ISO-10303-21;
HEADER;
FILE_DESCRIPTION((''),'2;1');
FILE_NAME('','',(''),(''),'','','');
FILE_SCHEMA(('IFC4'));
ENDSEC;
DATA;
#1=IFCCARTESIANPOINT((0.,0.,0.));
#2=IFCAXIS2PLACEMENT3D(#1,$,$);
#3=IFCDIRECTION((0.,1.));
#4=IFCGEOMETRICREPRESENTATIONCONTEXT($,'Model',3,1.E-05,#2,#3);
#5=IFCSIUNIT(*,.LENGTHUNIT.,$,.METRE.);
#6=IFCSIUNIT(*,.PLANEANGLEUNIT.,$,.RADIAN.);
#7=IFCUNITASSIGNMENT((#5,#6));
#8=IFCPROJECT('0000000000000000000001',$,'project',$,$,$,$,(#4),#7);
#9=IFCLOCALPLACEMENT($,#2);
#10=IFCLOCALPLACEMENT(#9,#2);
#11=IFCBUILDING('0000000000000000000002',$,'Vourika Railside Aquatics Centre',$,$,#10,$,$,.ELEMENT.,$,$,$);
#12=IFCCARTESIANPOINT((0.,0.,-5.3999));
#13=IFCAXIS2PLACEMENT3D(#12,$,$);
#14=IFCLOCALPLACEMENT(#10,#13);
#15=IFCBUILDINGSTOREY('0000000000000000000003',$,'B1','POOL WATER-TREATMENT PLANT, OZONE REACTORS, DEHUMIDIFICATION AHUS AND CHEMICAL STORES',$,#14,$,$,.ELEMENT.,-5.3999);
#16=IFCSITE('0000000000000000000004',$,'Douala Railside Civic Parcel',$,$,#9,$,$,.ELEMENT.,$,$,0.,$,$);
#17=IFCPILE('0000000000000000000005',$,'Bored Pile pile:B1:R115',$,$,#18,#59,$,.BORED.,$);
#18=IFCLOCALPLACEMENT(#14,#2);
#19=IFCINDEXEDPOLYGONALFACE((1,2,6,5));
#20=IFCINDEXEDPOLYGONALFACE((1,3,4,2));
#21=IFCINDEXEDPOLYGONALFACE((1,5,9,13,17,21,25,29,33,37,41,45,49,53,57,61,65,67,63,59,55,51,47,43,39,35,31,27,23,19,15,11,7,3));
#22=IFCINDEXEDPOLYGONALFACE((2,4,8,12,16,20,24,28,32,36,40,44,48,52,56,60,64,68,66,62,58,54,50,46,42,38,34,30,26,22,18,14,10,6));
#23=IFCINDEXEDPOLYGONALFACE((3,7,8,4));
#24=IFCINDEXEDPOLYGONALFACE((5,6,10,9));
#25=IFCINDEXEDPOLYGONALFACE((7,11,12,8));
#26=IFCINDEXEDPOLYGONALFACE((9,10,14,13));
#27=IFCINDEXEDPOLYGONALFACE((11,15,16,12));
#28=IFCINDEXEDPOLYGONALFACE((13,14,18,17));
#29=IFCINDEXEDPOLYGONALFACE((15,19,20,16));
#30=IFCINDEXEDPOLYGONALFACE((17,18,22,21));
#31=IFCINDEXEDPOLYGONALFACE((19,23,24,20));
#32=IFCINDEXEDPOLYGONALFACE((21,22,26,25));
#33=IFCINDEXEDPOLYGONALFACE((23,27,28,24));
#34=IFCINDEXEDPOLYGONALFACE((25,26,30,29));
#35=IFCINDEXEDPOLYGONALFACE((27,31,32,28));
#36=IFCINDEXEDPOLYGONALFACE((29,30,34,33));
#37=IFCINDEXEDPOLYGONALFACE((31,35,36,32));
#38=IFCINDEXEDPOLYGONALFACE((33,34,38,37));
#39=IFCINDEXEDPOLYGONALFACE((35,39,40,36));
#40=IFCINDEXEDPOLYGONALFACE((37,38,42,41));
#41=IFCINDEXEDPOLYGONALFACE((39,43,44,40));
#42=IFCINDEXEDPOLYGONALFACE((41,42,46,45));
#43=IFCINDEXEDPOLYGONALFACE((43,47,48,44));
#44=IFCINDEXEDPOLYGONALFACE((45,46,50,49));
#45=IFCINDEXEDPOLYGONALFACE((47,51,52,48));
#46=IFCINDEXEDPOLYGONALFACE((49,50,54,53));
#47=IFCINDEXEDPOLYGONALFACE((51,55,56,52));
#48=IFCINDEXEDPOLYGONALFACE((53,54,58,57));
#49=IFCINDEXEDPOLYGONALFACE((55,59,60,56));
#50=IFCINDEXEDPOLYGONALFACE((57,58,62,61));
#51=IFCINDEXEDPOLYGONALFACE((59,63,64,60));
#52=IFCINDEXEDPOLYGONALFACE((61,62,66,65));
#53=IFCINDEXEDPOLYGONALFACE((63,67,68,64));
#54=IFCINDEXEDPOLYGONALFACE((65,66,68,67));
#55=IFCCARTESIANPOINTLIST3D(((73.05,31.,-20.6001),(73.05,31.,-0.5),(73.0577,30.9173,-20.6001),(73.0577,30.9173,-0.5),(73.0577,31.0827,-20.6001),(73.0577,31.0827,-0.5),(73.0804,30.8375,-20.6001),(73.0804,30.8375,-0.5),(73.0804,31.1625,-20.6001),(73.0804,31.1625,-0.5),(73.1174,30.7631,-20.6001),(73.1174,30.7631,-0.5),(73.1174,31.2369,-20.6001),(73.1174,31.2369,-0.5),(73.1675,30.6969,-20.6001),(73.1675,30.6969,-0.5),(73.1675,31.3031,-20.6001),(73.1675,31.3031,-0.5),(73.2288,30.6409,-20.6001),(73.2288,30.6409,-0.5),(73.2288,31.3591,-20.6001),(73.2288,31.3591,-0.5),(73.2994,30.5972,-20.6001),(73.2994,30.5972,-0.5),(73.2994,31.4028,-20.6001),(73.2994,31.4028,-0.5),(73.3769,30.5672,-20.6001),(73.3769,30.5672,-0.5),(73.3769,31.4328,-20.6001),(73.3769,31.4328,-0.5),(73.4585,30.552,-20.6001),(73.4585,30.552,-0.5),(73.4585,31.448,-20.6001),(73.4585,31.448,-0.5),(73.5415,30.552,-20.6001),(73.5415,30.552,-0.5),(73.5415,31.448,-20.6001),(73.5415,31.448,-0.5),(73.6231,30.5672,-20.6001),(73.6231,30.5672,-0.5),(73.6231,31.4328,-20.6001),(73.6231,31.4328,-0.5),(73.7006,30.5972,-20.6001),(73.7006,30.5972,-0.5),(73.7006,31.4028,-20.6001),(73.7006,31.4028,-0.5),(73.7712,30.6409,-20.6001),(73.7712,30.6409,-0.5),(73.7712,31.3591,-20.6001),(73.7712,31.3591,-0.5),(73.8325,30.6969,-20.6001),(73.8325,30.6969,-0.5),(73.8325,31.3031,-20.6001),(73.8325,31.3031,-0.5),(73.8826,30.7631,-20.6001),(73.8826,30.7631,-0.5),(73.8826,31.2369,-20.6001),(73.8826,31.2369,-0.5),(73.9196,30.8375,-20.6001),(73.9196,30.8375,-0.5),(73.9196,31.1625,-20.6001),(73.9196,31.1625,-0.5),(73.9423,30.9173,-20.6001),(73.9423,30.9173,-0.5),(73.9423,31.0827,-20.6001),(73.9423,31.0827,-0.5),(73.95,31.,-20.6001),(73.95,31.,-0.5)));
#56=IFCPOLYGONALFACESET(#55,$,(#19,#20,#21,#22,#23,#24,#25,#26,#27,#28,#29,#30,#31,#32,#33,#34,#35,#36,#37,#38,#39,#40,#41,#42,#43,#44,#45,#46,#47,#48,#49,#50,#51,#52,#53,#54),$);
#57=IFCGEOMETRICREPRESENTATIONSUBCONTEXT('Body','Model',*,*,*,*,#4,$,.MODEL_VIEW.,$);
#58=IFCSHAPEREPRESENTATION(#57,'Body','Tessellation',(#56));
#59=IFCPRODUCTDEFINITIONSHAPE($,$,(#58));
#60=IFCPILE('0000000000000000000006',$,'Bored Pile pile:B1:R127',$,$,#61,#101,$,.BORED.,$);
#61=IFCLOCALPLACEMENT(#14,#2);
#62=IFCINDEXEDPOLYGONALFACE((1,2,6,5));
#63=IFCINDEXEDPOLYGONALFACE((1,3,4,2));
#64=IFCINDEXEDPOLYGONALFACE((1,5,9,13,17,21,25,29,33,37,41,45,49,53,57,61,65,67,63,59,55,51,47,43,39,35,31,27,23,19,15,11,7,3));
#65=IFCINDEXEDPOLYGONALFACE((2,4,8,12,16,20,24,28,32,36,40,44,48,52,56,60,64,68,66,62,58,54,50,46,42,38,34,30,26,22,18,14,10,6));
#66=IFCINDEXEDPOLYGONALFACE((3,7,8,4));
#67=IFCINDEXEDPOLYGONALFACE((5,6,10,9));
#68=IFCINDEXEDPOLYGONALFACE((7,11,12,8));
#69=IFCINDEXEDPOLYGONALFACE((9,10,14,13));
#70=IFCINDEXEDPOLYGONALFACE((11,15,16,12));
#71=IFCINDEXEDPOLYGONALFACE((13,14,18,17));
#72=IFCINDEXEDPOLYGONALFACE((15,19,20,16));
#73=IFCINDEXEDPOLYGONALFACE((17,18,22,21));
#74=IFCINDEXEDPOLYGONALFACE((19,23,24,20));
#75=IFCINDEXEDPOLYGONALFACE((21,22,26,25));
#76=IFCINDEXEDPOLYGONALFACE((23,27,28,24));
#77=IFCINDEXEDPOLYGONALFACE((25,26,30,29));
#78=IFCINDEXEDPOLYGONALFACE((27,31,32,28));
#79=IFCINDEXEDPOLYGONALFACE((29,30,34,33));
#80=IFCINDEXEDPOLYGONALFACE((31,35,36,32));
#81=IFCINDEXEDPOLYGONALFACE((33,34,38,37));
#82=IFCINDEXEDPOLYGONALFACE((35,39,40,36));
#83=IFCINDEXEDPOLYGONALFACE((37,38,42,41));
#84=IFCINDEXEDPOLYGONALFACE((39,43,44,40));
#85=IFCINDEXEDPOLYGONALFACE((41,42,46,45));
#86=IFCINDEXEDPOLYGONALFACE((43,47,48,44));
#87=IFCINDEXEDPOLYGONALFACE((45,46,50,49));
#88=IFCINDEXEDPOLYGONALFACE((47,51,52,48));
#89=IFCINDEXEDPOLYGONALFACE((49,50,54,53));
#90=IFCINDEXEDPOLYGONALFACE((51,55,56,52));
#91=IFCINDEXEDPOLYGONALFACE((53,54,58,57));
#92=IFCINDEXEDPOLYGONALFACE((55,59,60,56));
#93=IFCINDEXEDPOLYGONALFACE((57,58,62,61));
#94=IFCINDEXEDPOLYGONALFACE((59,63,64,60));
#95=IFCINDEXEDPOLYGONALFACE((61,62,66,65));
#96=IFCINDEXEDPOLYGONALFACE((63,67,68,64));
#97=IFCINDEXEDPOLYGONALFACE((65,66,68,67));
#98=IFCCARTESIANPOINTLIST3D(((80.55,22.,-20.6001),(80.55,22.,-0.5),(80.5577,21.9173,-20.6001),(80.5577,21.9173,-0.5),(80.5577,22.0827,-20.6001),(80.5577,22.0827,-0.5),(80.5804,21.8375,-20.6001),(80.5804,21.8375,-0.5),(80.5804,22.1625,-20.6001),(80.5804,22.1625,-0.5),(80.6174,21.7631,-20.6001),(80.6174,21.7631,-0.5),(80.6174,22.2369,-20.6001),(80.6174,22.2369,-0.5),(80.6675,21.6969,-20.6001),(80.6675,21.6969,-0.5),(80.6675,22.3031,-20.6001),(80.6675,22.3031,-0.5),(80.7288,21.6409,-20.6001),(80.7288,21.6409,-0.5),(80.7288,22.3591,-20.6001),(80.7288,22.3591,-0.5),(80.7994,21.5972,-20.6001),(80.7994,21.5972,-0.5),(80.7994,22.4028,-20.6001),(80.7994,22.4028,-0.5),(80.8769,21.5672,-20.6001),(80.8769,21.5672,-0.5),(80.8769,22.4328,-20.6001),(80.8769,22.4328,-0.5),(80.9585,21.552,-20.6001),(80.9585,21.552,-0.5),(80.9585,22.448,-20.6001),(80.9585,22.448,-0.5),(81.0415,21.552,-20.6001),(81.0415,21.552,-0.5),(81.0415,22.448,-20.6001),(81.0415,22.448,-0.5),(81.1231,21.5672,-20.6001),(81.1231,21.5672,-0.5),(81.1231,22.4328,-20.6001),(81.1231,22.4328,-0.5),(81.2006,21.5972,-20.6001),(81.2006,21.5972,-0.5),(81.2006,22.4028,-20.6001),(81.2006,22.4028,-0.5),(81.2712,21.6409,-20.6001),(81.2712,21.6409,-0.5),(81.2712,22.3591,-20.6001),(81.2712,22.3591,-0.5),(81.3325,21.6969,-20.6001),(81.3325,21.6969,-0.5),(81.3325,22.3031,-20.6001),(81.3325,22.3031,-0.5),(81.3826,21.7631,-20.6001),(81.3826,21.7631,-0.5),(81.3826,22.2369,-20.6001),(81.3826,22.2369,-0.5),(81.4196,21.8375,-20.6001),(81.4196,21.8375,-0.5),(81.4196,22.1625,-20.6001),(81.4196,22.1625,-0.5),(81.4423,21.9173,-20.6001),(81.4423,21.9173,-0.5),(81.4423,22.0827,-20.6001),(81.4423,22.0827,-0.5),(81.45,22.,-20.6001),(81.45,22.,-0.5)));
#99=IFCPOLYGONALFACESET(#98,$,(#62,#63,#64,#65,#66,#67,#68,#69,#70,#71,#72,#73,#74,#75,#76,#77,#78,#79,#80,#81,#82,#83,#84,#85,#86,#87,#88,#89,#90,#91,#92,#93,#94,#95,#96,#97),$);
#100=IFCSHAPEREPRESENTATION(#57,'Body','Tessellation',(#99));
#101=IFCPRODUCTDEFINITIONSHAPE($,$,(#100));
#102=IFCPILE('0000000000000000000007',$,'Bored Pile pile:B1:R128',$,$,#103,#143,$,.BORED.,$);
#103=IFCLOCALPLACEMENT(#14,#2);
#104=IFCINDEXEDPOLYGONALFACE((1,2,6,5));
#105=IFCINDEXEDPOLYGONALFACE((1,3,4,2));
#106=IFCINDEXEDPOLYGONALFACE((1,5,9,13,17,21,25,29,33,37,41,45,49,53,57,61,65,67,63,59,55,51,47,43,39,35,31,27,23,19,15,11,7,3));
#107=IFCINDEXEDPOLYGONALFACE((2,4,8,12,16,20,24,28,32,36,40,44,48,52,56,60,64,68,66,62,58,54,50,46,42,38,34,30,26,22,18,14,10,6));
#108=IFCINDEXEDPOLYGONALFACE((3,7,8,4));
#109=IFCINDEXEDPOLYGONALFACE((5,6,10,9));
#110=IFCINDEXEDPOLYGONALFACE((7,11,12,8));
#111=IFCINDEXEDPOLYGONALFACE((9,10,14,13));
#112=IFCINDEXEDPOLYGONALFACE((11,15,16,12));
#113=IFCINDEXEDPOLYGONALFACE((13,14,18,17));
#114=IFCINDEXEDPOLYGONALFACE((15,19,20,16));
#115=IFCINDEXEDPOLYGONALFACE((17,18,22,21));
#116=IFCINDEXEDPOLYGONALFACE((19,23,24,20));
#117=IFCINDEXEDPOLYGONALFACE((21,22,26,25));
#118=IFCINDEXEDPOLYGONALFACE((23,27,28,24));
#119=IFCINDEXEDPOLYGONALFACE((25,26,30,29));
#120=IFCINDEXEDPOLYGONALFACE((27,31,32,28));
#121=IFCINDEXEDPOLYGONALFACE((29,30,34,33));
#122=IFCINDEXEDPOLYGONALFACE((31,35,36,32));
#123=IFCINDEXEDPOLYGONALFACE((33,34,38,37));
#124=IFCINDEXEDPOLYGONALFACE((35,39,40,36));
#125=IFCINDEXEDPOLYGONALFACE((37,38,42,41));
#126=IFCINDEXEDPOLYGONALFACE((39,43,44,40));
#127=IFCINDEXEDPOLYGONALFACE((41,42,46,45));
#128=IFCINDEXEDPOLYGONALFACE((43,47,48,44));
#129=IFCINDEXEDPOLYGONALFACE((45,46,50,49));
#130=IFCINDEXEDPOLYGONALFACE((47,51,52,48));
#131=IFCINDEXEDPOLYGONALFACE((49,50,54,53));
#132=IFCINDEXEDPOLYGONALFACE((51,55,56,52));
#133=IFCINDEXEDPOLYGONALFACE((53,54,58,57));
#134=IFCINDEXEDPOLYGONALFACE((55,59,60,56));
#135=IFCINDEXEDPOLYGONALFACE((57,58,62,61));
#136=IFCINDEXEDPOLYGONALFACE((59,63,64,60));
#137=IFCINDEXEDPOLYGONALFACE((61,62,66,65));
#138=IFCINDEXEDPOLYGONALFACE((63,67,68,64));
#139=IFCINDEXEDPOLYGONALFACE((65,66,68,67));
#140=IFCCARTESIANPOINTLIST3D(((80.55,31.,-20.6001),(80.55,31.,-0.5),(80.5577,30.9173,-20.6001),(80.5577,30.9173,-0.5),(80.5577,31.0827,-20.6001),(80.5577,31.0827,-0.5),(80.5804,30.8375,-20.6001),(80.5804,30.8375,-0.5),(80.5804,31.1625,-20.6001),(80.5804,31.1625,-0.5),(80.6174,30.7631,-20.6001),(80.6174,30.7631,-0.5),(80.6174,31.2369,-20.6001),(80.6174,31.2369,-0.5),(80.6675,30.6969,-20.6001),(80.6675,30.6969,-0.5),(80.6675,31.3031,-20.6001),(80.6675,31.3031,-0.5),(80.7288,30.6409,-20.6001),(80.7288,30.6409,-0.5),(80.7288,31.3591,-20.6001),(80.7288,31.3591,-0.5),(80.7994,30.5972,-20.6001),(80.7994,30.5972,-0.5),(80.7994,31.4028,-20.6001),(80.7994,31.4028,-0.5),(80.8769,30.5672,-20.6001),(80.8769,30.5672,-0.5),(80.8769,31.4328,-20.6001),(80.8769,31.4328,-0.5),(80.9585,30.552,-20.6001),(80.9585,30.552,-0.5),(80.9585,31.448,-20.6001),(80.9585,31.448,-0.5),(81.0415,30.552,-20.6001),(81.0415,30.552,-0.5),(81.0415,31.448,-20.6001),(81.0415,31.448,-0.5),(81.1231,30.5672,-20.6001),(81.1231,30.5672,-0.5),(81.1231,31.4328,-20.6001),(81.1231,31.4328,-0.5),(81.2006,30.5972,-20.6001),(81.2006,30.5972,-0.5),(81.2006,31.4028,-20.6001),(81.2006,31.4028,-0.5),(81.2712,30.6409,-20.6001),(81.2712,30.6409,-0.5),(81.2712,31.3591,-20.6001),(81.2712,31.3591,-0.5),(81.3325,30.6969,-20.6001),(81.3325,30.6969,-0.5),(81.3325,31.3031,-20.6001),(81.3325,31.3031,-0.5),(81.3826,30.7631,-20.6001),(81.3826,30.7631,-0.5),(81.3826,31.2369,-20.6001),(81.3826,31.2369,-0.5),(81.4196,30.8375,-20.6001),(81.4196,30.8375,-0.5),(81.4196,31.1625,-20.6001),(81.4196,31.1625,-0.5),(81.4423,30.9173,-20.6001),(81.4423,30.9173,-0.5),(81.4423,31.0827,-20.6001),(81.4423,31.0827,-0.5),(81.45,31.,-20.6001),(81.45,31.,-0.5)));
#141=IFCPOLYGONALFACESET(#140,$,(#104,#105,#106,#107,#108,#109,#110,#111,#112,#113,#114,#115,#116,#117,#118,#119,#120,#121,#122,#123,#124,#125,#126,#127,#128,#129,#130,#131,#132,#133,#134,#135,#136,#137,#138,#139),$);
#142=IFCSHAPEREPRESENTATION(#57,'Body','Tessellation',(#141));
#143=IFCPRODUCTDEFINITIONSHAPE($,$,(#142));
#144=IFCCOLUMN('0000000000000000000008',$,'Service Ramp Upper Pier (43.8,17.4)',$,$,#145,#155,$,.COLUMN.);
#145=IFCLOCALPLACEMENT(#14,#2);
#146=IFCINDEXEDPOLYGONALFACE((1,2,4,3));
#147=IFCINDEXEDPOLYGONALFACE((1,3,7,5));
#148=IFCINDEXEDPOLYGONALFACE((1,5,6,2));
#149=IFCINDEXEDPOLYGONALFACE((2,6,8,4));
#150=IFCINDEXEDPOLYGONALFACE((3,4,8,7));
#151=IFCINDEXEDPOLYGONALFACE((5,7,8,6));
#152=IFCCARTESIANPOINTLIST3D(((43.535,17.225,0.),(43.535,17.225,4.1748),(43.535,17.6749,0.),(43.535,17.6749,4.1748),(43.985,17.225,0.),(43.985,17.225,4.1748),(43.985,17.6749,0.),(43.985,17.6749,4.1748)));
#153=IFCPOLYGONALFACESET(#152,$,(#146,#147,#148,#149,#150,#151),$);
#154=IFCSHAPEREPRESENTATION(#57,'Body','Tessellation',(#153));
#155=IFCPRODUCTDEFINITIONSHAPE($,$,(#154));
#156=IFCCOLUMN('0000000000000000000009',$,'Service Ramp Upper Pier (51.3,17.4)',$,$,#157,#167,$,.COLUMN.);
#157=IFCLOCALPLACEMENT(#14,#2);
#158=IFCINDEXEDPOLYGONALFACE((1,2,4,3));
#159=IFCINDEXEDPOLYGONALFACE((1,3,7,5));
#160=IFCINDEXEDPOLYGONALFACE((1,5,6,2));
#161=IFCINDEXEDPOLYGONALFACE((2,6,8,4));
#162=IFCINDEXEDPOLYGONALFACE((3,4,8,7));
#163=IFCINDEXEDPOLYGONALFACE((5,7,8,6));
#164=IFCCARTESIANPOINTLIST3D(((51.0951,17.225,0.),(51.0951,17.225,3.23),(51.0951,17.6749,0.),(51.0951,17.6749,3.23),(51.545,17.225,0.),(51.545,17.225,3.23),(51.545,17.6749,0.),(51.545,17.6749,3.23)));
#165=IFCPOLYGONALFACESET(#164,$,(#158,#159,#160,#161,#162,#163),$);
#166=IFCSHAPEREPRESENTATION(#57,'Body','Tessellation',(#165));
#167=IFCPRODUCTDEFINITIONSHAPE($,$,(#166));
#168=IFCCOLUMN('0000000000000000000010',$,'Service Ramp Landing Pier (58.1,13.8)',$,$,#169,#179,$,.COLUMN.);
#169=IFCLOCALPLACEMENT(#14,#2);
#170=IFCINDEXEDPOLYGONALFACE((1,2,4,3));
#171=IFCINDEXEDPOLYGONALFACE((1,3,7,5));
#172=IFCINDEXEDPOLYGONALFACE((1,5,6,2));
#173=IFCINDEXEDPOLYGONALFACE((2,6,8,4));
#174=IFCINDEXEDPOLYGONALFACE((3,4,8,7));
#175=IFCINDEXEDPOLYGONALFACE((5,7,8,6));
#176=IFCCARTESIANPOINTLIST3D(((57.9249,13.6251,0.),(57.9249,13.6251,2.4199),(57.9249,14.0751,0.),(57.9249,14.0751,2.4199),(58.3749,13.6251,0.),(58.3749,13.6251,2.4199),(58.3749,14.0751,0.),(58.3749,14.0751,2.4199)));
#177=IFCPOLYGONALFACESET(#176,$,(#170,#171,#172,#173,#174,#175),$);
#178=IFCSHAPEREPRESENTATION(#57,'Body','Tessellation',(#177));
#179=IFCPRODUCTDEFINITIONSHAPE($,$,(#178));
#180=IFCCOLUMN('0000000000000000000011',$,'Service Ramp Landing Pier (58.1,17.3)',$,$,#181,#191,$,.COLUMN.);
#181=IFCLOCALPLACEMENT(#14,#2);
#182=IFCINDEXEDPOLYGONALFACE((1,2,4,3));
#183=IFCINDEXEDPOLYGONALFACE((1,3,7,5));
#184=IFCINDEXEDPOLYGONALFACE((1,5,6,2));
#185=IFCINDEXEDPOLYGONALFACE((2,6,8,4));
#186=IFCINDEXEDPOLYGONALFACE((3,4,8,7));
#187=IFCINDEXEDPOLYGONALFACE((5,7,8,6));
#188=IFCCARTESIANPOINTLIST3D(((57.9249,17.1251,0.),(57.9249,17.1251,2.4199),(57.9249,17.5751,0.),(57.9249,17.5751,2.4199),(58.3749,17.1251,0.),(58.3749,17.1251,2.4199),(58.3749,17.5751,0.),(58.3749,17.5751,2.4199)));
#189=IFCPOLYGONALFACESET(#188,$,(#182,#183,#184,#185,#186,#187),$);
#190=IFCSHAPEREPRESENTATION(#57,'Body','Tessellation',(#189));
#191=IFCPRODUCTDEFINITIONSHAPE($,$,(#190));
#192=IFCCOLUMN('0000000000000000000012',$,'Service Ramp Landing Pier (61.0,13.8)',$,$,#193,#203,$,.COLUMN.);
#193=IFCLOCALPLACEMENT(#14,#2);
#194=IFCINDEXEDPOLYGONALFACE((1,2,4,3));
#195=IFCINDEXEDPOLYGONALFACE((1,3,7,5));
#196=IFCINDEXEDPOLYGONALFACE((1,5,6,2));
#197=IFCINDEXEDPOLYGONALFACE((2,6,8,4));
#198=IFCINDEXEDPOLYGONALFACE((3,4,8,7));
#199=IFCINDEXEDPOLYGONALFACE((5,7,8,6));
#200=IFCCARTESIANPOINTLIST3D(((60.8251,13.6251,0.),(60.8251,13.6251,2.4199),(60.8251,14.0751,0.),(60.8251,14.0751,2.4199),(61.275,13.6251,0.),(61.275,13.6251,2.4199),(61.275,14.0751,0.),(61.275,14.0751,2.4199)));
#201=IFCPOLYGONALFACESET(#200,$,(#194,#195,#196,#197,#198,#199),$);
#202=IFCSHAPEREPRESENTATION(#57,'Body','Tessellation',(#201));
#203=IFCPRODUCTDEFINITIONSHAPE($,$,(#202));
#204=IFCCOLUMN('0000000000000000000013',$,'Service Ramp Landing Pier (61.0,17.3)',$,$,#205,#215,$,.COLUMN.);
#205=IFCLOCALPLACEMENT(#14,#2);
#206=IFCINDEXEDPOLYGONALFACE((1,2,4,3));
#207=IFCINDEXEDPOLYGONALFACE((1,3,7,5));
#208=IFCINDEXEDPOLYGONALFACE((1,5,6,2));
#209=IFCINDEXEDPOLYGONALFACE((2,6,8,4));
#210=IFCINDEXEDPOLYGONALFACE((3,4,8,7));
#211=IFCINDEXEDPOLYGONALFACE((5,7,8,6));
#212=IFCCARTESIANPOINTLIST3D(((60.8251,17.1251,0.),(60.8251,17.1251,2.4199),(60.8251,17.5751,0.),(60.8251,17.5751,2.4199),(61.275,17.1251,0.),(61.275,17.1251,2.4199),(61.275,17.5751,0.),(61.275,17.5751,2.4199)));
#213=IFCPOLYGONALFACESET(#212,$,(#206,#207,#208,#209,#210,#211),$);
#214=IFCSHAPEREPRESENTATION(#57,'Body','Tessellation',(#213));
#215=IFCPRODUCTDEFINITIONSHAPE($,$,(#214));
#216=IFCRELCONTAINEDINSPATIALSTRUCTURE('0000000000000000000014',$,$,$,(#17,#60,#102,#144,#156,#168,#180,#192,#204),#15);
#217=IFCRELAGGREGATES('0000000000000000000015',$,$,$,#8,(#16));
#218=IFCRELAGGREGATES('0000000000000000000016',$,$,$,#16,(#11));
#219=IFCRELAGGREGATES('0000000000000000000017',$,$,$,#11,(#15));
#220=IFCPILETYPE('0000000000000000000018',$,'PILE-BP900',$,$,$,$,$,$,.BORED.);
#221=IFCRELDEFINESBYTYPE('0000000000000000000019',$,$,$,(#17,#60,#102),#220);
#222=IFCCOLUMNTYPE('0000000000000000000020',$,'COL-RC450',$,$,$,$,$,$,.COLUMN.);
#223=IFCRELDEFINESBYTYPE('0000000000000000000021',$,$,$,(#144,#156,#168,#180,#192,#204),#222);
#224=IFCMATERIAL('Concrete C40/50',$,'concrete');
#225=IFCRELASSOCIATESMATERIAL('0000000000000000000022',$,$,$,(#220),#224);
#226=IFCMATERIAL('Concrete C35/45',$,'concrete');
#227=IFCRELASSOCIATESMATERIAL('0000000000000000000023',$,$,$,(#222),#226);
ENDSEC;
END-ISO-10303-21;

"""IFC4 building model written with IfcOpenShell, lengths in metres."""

from ifc_helpers import new_model, si_unit, direction, frame, origin, origin_2d, place, context, subcontext, project, spatial, rectangle, circle, extrude, material, material_profile, profile_set, type_object, element, save


model = new_model("IFC4")

# Units and contexts
model_context = context("Model", 3, precision=1e-05, world=origin(), true_north=direction((0.0, 1.0)))
body_context = subcontext(model_context, "Body", "Model", "MODEL_VIEW")
ifc_project = project(units=[si_unit("LENGTHUNIT", "METRE"), si_unit("PLANEANGLEUNIT", "RADIAN")], contexts=[model_context])

# Site, building, storey
site_placement = place(None, origin())
site = spatial("IfcSite", under=ifc_project, at=site_placement, Name="Douala Railside Civic Parcel", CompositionType="ELEMENT", RefElevation=0.0)
building_placement = place(site_placement, origin())
building = spatial("IfcBuilding", under=site, at=building_placement, Name="Vourika Railside Aquatics Centre", CompositionType="ELEMENT")
storey_placement = place(building_placement, frame((0.0, 0.0, -5.3999)))
storey = spatial("IfcBuildingStorey", under=building, at=storey_placement, Name="B1", Description="POOL WATER-TREATMENT PLANT, OZONE REACTORS, DEHUMIDIFICATION AHUS AND CHEMICAL STORES", CompositionType="ELEMENT", Elevation=-5.3999)

# Piles
ifc_material_1 = material(Name="Concrete C40/50", Category="concrete")
ifc_material_profile_1 = material_profile(ifc_material_1, circle(Radius=0.45, at=origin_2d()), Name="BP 900")
ifc_profile_set_1 = profile_set([ifc_material_profile_1], Name="Concrete C40/50")
pile_type_1 = type_object("IfcPileType", Name="PILE-BP900", PredefinedType="BORED", material=ifc_profile_set_1)
for number, where, z_axis, x_axis, name in (
    (1, (73.5, 31.0, -0.5), (0.0, 0.0, -1.0), (1.0, 0.0, 0.0), "Bored Pile pile:B1:R115"),
    (2, (81.0, 22.0, -0.5), (0.0, 0.0, -1.0), (1.0, 0.0, 0.0), "Bored Pile pile:B1:R127"),
    (3, (81.0, 31.0, -0.5), (0.0, 0.0, -1.0), (1.0, 0.0, 0.0), "Bored Pile pile:B1:R128"),
):
    element("IfcPile", number, at=place(storey_placement, frame(where, z_axis=z_axis, x_axis=x_axis)), inside=storey, type_object=pile_type_1, Name=name, PredefinedType="BORED", context=body_context, shape_type="SweptSolid", body=[
        extrude(circle(Radius=0.45, at=origin_2d()), origin(), (0.0, 0.0, 1.0), 20.1001),
    ])

# Columns
ifc_material_2 = material(Name="Concrete C35/45", Category="concrete")
ifc_material_profile_2 = material_profile(ifc_material_2, rectangle(XDim=0.45, YDim=0.45, at=origin_2d()), Name="RC 450x450")
ifc_profile_set_2 = profile_set([ifc_material_profile_2], Name="Concrete C35/45")
column_type_1 = type_object("IfcColumnType", Name="COL-RC450", PredefinedType="COLUMN", material=ifc_profile_set_2)
column_1_placement = place(storey_placement, frame((43.76, 17.45, 0.0), z_axis=(0.0, 0.0, 1.0), x_axis=(1.0, 0.0, 0.0)))
element("IfcColumn", 4, at=column_1_placement, inside=storey, type_object=column_type_1, Name="Service Ramp Upper Pier (43.8,17.4)", PredefinedType="COLUMN", context=body_context, shape_type="SweptSolid", body=[
    extrude(rectangle(XDim=0.45, YDim=0.45, at=origin_2d()), origin(), (0.0, 0.0, 1.0), 4.1748),
])
column_2_placement = place(storey_placement, frame((51.3201, 17.45, 0.0), z_axis=(0.0, 0.0, 1.0), x_axis=(1.0, 0.0, 0.0)))
element("IfcColumn", 5, at=column_2_placement, inside=storey, type_object=column_type_1, Name="Service Ramp Upper Pier (51.3,17.4)", PredefinedType="COLUMN", context=body_context, shape_type="SweptSolid", body=[
    extrude(rectangle(XDim=0.45, YDim=0.45, at=origin_2d()), origin(), (0.0, 0.0, 1.0), 3.23),
])
for number, where, z_axis, x_axis, name in (
    (6, (58.1499, 13.8501, 0.0), (0.0, 0.0, 1.0), (1.0, 0.0, 0.0), "Service Ramp Landing Pier (58.1,13.8)"),
    (7, (58.1499, 17.3501, 0.0), (0.0, 0.0, 1.0), (1.0, 0.0, 0.0), "Service Ramp Landing Pier (58.1,17.3)"),
    (8, (61.05, 13.8501, 0.0), (0.0, 0.0, 1.0), (1.0, 0.0, 0.0), "Service Ramp Landing Pier (61.0,13.8)"),
    (9, (61.05, 17.3501, 0.0), (0.0, 0.0, 1.0), (1.0, 0.0, 0.0), "Service Ramp Landing Pier (61.0,17.3)"),
):
    element("IfcColumn", number, at=place(storey_placement, frame(where, z_axis=z_axis, x_axis=x_axis)), inside=storey, type_object=column_type_1, Name=name, PredefinedType="COLUMN", context=body_context, shape_type="SweptSolid", body=[
        extrude(rectangle(XDim=0.45, YDim=0.45, at=origin_2d()), origin(), (0.0, 0.0, 1.0), 2.4199),
    ])

save(model, "model.ifc")
